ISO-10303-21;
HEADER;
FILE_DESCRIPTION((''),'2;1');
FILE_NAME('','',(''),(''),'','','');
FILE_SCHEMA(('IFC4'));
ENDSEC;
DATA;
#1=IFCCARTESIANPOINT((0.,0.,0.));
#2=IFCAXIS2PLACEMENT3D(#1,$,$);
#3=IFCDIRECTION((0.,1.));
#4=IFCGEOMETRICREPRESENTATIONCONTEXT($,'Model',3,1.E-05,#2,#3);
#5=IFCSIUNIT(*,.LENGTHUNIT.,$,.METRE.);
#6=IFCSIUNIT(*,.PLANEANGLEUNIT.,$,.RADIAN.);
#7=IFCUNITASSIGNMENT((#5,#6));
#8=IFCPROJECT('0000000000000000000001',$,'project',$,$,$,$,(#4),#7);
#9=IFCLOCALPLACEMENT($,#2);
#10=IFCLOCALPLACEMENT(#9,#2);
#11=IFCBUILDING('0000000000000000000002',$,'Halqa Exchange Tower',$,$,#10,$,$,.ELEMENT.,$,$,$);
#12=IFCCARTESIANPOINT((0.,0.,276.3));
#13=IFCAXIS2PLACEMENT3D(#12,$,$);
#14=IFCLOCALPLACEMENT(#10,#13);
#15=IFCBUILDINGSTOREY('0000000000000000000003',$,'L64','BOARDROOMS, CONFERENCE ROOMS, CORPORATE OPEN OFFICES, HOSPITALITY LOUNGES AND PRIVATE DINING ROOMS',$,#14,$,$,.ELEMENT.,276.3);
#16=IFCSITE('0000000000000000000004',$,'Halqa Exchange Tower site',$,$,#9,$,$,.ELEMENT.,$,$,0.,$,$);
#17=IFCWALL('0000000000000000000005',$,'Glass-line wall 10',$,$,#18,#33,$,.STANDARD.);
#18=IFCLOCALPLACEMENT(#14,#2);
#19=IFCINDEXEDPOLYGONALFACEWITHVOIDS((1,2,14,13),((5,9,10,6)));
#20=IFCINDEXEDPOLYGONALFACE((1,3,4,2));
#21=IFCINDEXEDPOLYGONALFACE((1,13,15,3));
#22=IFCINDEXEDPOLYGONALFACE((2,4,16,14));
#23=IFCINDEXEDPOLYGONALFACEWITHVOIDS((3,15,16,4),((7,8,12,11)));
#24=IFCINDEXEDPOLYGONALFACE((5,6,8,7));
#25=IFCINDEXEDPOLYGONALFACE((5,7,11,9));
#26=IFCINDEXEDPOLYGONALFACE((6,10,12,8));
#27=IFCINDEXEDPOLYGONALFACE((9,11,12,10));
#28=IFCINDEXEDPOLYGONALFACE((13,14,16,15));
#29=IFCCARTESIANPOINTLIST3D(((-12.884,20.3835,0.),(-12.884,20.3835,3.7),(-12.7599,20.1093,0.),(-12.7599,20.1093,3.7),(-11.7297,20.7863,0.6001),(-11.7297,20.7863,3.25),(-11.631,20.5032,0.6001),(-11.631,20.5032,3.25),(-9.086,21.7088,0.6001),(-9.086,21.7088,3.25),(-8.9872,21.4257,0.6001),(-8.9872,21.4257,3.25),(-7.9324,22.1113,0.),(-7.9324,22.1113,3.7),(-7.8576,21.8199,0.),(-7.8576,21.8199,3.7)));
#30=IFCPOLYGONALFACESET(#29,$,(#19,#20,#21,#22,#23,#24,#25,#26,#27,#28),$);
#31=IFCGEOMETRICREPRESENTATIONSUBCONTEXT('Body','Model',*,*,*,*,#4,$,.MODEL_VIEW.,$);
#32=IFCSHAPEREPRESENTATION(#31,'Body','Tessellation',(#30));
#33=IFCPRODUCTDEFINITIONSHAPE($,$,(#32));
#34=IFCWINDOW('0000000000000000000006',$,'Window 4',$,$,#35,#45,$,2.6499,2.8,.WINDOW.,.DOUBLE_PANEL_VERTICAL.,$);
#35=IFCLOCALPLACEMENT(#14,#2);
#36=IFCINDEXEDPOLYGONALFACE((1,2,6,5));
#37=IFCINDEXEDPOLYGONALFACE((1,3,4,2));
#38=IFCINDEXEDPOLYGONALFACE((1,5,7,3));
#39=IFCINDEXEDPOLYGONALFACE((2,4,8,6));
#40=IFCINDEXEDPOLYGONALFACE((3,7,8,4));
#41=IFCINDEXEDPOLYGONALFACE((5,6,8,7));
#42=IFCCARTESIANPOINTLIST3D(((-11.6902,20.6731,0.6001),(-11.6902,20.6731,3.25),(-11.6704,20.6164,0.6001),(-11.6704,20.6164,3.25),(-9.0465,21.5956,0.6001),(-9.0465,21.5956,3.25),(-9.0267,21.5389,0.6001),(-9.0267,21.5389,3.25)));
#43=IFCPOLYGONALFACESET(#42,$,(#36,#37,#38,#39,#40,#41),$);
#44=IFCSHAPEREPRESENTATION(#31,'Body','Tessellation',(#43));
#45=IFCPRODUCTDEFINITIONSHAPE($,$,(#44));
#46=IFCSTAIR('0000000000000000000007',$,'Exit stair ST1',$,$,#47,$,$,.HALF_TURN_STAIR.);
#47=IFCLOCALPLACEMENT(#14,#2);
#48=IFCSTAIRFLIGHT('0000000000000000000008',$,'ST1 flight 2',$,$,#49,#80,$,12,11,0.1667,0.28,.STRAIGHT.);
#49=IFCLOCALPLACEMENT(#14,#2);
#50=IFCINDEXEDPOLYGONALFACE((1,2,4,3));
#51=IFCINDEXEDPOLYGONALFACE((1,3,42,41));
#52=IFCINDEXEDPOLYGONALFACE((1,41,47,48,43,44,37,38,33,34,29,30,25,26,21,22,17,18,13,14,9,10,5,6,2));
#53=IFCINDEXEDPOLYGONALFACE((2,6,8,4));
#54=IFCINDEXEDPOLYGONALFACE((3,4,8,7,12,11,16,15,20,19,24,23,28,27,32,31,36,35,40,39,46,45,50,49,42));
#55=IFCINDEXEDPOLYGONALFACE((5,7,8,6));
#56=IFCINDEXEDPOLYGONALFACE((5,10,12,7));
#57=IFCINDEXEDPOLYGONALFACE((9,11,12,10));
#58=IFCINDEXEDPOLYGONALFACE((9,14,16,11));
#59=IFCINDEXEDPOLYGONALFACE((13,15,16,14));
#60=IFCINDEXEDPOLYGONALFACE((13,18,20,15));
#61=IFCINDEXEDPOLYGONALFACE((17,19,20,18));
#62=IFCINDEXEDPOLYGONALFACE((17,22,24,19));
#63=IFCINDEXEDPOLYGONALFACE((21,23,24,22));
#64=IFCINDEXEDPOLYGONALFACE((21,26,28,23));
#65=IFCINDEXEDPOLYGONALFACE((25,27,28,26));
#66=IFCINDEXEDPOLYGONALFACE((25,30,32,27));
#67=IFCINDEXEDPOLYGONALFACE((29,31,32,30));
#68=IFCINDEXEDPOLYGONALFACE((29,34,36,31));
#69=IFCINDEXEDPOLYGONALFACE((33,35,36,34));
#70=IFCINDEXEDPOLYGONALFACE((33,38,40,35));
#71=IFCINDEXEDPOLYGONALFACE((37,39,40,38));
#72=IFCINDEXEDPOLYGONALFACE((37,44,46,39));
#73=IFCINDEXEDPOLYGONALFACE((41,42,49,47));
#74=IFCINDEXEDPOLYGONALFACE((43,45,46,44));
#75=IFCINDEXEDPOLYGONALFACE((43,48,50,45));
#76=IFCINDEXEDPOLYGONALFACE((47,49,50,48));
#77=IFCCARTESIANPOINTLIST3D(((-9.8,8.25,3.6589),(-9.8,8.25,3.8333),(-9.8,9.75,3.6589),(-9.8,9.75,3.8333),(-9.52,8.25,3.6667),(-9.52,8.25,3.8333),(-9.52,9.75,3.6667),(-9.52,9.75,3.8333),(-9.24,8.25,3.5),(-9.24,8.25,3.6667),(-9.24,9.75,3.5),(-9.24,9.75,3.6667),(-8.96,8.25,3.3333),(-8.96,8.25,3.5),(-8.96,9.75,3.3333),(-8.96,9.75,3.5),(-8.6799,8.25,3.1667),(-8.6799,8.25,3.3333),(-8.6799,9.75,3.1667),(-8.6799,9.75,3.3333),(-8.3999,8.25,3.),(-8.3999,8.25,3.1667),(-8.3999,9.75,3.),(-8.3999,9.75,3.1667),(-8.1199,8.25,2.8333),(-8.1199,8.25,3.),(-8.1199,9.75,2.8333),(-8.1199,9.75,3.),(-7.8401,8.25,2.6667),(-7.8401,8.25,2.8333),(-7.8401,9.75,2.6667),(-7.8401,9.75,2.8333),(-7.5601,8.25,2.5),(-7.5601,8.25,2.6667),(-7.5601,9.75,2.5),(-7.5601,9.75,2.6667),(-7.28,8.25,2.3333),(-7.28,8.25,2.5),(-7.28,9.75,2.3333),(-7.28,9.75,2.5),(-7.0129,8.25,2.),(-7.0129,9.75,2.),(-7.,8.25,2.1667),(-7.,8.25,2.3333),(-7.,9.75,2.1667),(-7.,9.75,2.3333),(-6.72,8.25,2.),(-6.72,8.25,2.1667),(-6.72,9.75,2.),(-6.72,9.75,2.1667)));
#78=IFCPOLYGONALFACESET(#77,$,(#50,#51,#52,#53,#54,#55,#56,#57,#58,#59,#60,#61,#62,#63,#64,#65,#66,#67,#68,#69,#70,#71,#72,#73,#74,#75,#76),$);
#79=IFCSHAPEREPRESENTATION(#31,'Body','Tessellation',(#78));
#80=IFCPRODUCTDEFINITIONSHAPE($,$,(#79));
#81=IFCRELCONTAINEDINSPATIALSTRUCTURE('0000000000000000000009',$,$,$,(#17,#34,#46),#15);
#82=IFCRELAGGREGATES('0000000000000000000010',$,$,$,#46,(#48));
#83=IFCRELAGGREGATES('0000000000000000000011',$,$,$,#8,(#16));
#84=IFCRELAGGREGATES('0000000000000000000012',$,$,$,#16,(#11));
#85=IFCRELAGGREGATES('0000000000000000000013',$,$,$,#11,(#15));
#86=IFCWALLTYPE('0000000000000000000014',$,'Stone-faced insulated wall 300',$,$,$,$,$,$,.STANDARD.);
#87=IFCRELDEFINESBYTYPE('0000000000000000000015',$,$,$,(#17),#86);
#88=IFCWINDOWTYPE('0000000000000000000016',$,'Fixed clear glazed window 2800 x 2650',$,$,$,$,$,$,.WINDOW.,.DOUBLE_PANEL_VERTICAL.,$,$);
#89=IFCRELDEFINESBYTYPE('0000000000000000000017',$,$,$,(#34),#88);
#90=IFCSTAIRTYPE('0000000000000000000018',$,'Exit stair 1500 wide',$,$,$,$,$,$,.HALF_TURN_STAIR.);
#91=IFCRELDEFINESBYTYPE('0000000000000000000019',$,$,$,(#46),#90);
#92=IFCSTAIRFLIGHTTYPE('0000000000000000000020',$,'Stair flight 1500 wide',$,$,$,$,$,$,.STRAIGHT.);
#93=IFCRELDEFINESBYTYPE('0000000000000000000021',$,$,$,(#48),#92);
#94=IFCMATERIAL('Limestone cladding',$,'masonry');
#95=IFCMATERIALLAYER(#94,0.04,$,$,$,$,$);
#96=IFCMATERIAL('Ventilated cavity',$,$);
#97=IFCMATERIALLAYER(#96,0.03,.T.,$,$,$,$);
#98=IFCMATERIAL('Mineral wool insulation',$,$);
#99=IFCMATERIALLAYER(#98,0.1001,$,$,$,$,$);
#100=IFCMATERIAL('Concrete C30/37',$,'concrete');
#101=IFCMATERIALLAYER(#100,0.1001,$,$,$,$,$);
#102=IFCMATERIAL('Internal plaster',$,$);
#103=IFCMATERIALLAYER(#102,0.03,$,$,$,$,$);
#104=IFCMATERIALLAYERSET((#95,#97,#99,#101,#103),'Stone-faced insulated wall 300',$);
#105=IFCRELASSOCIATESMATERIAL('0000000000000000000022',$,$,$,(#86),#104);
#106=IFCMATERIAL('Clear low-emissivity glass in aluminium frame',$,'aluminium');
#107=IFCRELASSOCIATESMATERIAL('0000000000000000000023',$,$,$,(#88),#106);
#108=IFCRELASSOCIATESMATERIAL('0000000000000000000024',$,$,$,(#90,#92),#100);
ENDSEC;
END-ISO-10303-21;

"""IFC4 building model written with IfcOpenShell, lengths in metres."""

from ifc_helpers import new_model, si_unit, direction, frame, frame_2d, origin, place, context, subcontext, project, spatial, polyline, rectangle, outline, extrude, material, layer, layer_set, type_object, element, fill, aggregate, save


model = new_model("IFC4")

# Units and contexts
model_context = context("Model", 3, precision=1e-05, world=origin(), true_north=direction((0.0, 1.0)))
body_context = subcontext(model_context, "Body", "Model", "MODEL_VIEW")
ifc_project = project(units=[si_unit("LENGTHUNIT", "METRE"), si_unit("PLANEANGLEUNIT", "RADIAN")], contexts=[model_context])

# Site, building, storey
site_placement = place(None, origin())
site = spatial("IfcSite", under=ifc_project, at=site_placement, Name="Halqa Exchange Tower site", CompositionType="ELEMENT", RefElevation=0.0)
building_placement = place(site_placement, origin())
building = spatial("IfcBuilding", under=site, at=building_placement, Name="Halqa Exchange Tower", CompositionType="ELEMENT")
storey_placement = place(building_placement, frame((0.0, 0.0, 276.3)))
storey = spatial("IfcBuildingStorey", under=building, at=storey_placement, Name="L64", Description="BOARDROOMS, CONFERENCE ROOMS, CORPORATE OPEN OFFICES, HOSPITALITY LOUNGES AND PRIVATE DINING ROOMS", CompositionType="ELEMENT", Elevation=276.3)

# Shared definitions
ifc_material_1 = material(Name="Concrete C30/37", Category="concrete")

# Wall, opening, window
ifc_material_2 = material(Name="Limestone cladding", Category="masonry")
ifc_layer_1 = layer(ifc_material_2, 0.04)
ifc_material_3 = material(Name="Ventilated cavity")
ifc_layer_2 = layer(ifc_material_3, 0.03, ventilated=True)
ifc_material_4 = material(Name="Mineral wool insulation")
ifc_layer_3 = layer(ifc_material_4, 0.1001)
ifc_layer_4 = layer(ifc_material_1, 0.1001)
ifc_material_5 = material(Name="Internal plaster")
ifc_layer_5 = layer(ifc_material_5, 0.03)
ifc_layer_set_1 = layer_set([ifc_layer_1, ifc_layer_2, ifc_layer_3, ifc_layer_4, ifc_layer_5], Name="Stone-faced insulated wall 300")
wall_type_1 = type_object("IfcWallType", Name="Stone-faced insulated wall 300", PredefinedType="STANDARD", material=ifc_layer_set_1)
ifc_material_6 = material(Name="Clear low-emissivity glass in aluminium frame", Category="aluminium")
window_type = type_object("IfcWindowType", Name="Fixed clear glazed window 2800 x 2650", PartitioningType="DOUBLE_PANEL_VERTICAL", PredefinedType="WINDOW", material=ifc_material_6)
wall_1_placement = place(storey_placement, frame((-7.895, 21.9656, 0.0), z_axis=(0.0, 0.0, 1.0), x_axis=(-0.944169, -0.32946, 0.0)))
wall_1 = element("IfcWall", 1, at=wall_1_placement, inside=storey, type_object=wall_type_1, Name="Glass-line wall 10", PredefinedType="STANDARD", context=body_context, shape_type="SweptSolid", body=[
    extrude(outline(polyline([(-0.0127, -0.1499), (5.2317, -0.1499), (5.2048, 0.1499), (0.0127, 0.1499), (-0.0127, -0.1499)])), origin(), (0.0, 0.0, 1.0), 3.7),
])
opening_1_placement = place(wall_1_placement, frame((1.2092, 0.0, 0.6001)))
opening_1 = element("IfcOpeningElement", 2, at=opening_1_placement, cuts=wall_1, PredefinedType="OPENING", context=body_context, shape_type="SweptSolid", body=[
    extrude(rectangle(XDim=2.8, YDim=2.6499, at=frame_2d((1.3999, 1.325))), frame((0.0, 0.1621, 0.0), z_axis=(0.0, -1.0, 0.0), x_axis=(1.0, 0.0, 0.0)), (0.0, 0.0, 1.0), 0.324),
])
window_1_placement = place(opening_1_placement, origin())
window_1 = element("IfcWindow", 3, at=window_1_placement, inside=storey, type_object=window_type, Name="Window 4", OverallHeight=2.6499, OverallWidth=2.8, PartitioningType="DOUBLE_PANEL_VERTICAL", PredefinedType="WINDOW", context=body_context, shape_type="SweptSolid", body=[
    extrude(rectangle(XDim=2.8, YDim=2.6499, at=frame_2d((1.3999, 1.325))), frame((0.0, 0.03, 0.0), z_axis=(0.0, -1.0, 0.0), x_axis=(1.0, 0.0, 0.0)), (0.0, 0.0, 1.0), 0.0601),
])
fill(opening_1, window_1)

# Stair, stair flight
stair_type = type_object("IfcStairType", Name="Exit stair 1500 wide", PredefinedType="HALF_TURN_STAIR", material=ifc_material_1)
stair_placement = place(storey_placement, origin())
stair = element("IfcStair", 4, at=stair_placement, inside=storey, type_object=stair_type, Name="Exit stair ST1", PredefinedType="HALF_TURN_STAIR")
stair_flight_type = type_object("IfcStairFlightType", Name="Stair flight 1500 wide", PredefinedType="STRAIGHT", material=ifc_material_1)
stair_flight_placement = place(storey_placement, frame((-6.72, 9.0, 2.0), z_axis=(0.0, 0.0, 1.0), x_axis=(-1.0, 0.0, 0.0)))
stair_flight = element("IfcStairFlight", 5, at=stair_flight_placement, type_object=stair_flight_type, Name="ST1 flight 2", NumberOfRisers=12, NumberOfTreads=11, PredefinedType="STRAIGHT", RiserHeight=0.1667, TreadLength=0.28, context=body_context, shape_type="SweptSolid", body=[
    extrude(outline(polyline([(0.0, 0.0), (0.0, 0.1667), (0.28, 0.1667), (0.28, 0.3333), (0.5601, 0.3333), (0.5601, 0.5), (0.8401, 0.5), (0.8401, 0.6667), (1.1201, 0.6667), (1.1201, 0.8333), (1.3999, 0.8333), (1.3999, 1.0), (1.6799, 1.0), (1.6799, 1.1667), (1.96, 1.1667), (1.96, 1.3333), (2.24, 1.3333), (2.24, 1.5), (2.52, 1.5), (2.52, 1.6667), (2.8, 1.6667), (2.8, 1.8333), (3.0801, 1.8333), (3.0801, 2.0), (3.0801, 1.6589), (0.293, 0.0), (0.0, 0.0)])), frame((0.0, 0.75, 0.0), z_axis=(0.0, -1.0, 0.0), x_axis=(1.0, 0.0, 0.0)), (0.0, 0.0, 1.0), 1.5),
])
aggregate(stair, [stair_flight])

save(model, "model.ifc")
